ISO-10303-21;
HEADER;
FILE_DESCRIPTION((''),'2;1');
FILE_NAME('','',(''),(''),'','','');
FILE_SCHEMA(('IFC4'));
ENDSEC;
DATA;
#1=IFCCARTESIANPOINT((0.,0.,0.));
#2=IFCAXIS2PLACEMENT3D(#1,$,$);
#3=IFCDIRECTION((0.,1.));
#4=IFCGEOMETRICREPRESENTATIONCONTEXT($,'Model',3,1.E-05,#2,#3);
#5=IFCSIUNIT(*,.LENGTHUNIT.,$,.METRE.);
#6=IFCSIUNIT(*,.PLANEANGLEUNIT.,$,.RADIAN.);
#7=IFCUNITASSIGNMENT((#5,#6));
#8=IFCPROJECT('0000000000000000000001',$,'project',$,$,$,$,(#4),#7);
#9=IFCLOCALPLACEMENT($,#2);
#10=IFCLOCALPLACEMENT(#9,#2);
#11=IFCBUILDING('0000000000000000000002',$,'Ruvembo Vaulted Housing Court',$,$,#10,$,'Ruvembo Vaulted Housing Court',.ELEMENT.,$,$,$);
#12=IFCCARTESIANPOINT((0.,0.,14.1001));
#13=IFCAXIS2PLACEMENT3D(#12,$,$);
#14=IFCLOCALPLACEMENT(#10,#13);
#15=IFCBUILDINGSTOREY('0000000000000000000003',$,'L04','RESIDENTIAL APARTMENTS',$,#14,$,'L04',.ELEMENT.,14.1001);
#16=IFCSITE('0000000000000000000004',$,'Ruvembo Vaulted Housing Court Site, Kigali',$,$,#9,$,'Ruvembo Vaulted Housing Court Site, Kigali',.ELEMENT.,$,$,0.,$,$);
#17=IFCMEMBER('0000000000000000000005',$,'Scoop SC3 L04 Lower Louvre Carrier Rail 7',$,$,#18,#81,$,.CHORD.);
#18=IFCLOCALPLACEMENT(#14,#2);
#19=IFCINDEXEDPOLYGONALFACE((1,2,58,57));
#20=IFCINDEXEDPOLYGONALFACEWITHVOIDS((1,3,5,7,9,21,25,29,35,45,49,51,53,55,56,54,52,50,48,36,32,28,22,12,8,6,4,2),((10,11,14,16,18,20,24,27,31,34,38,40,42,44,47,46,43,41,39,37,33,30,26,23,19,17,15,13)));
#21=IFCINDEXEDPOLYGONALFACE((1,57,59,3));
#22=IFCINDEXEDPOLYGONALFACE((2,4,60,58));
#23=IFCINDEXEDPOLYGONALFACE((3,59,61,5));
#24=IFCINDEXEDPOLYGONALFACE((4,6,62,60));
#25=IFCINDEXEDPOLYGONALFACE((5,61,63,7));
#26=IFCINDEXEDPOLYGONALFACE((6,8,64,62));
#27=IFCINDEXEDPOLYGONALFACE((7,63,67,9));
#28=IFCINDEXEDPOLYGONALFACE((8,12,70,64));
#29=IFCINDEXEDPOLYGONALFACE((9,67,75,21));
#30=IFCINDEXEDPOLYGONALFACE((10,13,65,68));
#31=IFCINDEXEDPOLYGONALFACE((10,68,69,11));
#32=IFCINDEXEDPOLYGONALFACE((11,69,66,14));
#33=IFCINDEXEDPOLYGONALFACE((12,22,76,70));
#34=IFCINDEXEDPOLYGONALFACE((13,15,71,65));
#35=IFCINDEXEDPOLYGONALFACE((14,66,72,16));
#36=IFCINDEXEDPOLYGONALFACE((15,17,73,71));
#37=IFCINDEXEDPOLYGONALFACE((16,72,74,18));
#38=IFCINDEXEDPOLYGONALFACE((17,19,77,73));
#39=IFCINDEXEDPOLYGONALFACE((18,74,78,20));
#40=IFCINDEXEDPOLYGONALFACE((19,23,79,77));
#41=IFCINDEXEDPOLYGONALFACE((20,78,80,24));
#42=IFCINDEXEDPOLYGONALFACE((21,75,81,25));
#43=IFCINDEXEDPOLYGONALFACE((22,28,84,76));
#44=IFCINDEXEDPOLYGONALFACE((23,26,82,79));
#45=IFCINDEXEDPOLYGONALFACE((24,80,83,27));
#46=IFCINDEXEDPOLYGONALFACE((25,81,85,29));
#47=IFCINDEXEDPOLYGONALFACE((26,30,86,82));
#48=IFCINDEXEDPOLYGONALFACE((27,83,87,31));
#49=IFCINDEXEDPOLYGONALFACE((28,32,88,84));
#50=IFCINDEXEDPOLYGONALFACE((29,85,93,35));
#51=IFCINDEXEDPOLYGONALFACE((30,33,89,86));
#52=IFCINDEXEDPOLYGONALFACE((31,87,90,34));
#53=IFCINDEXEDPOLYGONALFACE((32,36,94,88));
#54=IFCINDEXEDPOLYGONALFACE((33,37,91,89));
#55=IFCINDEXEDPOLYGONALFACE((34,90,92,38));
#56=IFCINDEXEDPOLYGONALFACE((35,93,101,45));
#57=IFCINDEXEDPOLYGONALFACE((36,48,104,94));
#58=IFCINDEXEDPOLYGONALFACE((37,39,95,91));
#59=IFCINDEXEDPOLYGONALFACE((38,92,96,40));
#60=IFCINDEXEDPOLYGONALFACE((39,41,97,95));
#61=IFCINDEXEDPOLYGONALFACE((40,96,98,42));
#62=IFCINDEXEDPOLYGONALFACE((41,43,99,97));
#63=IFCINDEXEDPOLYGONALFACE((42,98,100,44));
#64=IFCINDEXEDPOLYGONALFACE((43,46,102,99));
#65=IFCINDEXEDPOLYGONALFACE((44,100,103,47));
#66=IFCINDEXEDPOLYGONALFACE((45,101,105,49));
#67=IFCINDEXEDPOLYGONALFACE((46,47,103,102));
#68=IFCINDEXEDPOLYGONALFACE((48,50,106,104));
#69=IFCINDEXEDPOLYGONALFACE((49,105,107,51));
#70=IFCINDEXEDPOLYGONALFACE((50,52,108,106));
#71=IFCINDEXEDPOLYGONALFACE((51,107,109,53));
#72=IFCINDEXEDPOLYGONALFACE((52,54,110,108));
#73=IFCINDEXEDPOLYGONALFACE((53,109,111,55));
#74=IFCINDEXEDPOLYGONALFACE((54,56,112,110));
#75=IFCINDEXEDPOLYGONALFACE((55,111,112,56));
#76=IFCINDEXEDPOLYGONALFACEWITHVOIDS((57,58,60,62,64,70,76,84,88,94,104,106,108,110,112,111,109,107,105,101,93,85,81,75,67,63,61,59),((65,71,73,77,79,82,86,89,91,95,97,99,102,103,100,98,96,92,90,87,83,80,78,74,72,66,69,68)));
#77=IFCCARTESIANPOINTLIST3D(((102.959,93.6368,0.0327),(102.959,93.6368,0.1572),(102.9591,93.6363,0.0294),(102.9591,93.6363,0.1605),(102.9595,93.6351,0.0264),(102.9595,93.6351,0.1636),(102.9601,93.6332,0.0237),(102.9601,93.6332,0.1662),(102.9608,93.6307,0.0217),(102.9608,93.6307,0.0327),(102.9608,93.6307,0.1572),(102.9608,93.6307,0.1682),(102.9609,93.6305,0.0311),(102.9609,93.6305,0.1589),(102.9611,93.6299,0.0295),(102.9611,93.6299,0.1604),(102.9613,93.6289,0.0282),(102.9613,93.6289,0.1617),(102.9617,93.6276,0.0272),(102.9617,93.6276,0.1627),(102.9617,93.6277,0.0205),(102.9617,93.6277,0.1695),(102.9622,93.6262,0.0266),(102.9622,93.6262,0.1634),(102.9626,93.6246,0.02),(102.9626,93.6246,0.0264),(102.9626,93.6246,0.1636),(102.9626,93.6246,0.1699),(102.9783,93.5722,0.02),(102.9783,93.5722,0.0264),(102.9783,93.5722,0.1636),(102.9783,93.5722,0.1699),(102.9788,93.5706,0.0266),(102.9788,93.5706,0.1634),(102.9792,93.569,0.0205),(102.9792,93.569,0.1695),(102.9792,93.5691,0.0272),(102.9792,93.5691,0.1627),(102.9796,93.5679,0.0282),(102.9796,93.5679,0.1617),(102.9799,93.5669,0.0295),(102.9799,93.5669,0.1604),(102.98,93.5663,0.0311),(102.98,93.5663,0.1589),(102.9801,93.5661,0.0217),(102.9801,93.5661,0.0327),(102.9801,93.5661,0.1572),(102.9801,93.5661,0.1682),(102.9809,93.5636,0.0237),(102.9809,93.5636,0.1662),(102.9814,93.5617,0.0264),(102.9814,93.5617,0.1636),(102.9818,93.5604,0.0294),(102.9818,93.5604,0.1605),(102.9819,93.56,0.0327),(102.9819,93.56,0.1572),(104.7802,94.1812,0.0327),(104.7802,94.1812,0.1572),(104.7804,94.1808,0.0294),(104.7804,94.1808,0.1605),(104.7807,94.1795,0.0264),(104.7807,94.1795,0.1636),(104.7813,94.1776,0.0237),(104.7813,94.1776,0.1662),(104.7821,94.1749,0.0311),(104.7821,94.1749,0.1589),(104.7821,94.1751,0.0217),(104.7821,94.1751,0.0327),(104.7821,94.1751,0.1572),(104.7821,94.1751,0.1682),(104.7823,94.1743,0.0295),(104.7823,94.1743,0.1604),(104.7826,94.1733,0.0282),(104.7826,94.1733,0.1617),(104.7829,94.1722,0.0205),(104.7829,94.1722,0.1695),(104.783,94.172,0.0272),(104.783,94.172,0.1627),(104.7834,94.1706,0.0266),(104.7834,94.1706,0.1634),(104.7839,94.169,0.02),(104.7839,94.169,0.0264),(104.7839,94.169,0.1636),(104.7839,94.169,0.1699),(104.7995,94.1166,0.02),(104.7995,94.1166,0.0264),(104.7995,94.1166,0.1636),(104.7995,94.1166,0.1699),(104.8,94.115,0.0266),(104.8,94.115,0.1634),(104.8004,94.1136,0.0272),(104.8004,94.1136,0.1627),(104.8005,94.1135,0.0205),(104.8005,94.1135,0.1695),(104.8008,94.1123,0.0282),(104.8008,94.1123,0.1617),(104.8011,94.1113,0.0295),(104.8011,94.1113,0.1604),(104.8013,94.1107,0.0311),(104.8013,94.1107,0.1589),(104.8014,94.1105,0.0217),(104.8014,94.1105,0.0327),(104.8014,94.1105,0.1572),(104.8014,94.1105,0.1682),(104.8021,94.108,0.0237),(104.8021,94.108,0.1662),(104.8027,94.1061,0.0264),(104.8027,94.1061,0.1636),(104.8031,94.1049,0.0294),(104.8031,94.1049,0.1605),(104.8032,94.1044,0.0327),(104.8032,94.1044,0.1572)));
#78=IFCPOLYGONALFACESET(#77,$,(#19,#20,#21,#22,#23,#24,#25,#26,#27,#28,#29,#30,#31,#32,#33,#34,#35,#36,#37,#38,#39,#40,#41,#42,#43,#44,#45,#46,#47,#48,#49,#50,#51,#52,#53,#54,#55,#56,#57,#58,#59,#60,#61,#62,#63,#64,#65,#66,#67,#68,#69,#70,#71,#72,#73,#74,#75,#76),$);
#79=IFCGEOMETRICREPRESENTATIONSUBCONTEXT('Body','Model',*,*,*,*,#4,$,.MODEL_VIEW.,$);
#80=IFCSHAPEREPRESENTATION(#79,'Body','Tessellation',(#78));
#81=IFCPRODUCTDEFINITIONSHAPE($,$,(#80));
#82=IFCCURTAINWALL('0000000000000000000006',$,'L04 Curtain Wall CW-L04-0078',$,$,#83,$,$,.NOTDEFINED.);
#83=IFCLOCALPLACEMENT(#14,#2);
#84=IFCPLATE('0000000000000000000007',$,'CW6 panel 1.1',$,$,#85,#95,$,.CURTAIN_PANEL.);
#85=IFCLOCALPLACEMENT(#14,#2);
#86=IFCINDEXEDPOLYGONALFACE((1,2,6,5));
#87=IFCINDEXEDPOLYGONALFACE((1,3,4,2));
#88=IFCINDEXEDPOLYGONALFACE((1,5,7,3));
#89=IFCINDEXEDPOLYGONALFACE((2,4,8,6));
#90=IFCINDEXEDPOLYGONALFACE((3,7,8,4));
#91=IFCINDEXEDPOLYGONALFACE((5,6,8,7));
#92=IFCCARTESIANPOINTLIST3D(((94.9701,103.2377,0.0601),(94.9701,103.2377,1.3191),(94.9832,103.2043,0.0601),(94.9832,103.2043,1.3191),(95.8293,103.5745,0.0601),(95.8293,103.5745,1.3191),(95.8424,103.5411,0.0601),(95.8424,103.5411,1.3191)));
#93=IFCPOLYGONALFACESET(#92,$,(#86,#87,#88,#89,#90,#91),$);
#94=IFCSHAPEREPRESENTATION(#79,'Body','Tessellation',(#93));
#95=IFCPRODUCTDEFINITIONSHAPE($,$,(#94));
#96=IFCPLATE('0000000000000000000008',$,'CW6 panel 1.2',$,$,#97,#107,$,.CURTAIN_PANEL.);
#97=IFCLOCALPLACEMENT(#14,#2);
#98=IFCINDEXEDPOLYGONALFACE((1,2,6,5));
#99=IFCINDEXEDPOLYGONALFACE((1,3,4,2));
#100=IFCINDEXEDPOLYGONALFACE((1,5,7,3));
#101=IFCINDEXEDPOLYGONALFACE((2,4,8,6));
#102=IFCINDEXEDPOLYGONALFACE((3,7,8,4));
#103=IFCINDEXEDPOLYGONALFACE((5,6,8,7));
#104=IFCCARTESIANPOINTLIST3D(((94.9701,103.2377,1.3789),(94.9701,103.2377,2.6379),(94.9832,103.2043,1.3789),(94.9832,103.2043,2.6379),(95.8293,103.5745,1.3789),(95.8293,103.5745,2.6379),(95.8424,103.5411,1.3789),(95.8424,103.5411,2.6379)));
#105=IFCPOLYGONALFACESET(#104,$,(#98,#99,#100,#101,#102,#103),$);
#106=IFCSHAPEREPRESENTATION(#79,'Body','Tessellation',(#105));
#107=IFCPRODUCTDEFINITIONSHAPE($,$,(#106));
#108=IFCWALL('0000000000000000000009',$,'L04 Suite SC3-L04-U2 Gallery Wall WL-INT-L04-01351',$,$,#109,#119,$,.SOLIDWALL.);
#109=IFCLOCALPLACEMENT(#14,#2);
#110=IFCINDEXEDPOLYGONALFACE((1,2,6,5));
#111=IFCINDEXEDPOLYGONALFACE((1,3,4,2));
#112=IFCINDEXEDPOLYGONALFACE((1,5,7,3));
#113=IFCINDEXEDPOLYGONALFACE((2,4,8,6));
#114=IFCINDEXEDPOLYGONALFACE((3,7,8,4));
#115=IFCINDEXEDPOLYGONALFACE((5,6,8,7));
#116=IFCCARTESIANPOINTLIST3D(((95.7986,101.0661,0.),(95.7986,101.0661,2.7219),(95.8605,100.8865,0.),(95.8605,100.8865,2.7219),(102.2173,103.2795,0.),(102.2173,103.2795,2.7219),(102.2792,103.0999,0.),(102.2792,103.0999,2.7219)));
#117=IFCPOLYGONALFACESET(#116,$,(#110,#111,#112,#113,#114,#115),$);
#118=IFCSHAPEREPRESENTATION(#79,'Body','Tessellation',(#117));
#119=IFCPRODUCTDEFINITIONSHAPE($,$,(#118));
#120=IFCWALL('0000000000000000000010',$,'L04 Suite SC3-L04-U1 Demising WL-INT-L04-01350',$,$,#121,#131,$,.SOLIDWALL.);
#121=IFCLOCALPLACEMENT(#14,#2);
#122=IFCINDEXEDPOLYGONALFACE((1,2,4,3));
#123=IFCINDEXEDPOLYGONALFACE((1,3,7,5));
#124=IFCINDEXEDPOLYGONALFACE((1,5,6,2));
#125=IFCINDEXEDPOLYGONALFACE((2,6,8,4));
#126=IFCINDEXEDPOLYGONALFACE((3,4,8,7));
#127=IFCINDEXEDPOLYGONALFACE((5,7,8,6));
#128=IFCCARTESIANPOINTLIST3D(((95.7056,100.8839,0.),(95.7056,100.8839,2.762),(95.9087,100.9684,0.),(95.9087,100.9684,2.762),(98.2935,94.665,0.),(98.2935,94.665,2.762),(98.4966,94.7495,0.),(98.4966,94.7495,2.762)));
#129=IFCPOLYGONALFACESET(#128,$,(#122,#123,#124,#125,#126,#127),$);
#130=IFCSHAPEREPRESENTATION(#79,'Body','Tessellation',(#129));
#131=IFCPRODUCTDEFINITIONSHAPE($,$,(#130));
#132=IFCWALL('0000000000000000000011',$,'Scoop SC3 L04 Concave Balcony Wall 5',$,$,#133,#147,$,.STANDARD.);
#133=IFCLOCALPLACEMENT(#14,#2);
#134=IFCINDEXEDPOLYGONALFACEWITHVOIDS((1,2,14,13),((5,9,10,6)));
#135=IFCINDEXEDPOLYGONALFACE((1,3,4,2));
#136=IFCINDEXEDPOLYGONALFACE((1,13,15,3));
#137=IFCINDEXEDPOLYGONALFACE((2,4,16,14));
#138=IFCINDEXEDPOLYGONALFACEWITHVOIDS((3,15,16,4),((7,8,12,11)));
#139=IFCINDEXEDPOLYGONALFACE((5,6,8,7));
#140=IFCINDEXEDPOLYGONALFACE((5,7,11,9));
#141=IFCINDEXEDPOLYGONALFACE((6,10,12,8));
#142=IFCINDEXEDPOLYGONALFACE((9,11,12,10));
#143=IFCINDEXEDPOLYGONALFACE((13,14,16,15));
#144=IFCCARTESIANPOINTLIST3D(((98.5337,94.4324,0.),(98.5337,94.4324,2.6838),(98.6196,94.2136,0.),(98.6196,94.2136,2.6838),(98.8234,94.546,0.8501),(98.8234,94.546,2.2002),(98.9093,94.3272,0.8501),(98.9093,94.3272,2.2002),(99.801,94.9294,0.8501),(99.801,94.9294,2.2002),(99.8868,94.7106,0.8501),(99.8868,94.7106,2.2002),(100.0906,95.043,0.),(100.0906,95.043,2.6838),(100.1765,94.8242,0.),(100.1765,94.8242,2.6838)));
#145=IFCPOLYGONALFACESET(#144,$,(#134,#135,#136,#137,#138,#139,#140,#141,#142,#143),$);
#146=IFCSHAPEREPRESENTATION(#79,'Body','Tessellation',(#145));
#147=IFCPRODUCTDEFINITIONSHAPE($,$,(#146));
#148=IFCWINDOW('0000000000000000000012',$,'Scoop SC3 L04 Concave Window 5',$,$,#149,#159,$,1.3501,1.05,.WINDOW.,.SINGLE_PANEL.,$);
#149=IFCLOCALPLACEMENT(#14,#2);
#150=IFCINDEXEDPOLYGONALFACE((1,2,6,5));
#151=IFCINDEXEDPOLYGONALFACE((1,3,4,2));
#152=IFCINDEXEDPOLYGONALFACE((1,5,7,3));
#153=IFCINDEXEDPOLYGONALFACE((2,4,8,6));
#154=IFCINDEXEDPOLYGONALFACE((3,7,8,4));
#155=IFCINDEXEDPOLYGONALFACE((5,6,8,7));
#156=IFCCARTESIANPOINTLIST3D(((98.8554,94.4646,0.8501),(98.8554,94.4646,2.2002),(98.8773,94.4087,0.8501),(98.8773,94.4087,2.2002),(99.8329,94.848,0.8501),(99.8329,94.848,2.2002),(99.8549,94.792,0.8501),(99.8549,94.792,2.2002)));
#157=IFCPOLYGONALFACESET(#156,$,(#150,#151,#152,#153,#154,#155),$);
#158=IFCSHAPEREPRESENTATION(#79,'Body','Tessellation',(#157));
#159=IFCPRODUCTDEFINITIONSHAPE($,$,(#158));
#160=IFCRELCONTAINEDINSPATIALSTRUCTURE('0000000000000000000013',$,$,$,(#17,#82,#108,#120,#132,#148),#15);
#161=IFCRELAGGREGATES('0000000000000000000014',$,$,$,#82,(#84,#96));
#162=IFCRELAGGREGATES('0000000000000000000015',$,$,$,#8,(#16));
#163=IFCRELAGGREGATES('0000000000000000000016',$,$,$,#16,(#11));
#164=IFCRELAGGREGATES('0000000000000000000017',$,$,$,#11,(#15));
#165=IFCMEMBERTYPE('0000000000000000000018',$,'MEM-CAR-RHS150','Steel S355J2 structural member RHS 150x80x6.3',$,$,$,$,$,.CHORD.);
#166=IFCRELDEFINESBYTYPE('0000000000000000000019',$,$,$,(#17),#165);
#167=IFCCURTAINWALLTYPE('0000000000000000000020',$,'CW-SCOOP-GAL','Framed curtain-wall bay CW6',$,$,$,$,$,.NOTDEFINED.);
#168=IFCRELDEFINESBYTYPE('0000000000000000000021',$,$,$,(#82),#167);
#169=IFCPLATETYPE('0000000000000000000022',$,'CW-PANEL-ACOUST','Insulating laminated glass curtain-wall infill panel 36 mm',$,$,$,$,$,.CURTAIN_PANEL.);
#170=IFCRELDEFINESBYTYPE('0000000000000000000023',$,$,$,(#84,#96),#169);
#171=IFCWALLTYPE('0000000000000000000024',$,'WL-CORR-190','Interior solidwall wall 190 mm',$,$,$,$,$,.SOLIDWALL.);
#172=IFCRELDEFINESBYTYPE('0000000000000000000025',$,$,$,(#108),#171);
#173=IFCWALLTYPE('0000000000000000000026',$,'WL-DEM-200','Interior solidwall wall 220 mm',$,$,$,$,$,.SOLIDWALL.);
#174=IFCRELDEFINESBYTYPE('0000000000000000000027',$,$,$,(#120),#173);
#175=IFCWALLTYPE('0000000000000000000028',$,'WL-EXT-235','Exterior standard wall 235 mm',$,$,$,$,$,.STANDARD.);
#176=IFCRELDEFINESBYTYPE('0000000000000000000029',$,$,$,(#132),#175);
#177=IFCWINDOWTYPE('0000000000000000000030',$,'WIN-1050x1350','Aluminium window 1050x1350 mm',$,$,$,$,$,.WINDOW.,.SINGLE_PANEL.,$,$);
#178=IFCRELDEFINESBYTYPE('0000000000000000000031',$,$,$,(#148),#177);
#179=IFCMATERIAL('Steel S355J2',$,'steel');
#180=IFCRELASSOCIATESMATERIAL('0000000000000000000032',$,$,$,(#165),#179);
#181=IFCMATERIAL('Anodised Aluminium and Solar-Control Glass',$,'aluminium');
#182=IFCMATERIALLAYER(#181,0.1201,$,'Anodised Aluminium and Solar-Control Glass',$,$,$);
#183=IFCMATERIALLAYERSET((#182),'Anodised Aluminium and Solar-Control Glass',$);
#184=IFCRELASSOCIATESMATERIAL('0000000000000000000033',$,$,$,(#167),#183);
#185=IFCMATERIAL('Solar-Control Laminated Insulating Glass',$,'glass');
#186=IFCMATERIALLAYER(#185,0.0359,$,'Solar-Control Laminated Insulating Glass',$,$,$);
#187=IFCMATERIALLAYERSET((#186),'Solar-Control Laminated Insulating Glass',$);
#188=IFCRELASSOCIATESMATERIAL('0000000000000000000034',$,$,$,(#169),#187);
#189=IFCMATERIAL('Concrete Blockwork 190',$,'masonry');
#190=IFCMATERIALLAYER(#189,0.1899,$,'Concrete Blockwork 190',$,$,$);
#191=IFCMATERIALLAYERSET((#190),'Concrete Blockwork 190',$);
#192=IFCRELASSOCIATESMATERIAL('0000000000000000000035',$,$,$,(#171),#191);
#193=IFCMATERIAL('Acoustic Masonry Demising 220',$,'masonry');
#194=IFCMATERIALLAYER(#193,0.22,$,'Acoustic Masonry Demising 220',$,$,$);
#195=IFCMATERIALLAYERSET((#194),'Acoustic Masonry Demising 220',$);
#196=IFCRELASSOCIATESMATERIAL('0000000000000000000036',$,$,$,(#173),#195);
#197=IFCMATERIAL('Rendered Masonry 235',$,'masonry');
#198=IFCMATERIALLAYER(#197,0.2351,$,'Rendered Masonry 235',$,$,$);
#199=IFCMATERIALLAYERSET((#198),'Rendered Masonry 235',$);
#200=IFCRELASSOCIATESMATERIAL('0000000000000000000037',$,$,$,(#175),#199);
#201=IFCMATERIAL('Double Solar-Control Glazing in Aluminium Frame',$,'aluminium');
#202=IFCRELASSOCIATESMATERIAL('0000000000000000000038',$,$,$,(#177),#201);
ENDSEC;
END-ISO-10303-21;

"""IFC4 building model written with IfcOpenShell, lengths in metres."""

from ifc_helpers import new_model, si_unit, direction, frame, frame_2d, origin, origin_2d, place, context, subcontext, project, spatial, rectangle, hollow_rectangle, extrude, material, layer, layer_set, material_profile, profile_set, type_object, element, fill, aggregate, save


model = new_model("IFC4")

# Units and contexts
model_context = context("Model", 3, precision=1e-05, world=origin(), true_north=direction((0.0, 1.0)))
body_context = subcontext(model_context, "Body", "Model", "MODEL_VIEW")
ifc_project = project(units=[si_unit("LENGTHUNIT", "METRE"), si_unit("PLANEANGLEUNIT", "RADIAN")], contexts=[model_context])

# Site, building, storey
site_placement = place(None, origin())
site = spatial("IfcSite", under=ifc_project, at=site_placement, Name="Ruvembo Vaulted Housing Court Site, Kigali", LongName="Ruvembo Vaulted Housing Court Site, Kigali", CompositionType="ELEMENT", RefElevation=0.0)
building_placement = place(site_placement, origin())
building = spatial("IfcBuilding", under=site, at=building_placement, Name="Ruvembo Vaulted Housing Court", LongName="Ruvembo Vaulted Housing Court", CompositionType="ELEMENT")
storey_placement = place(building_placement, frame((0.0, 0.0, 14.1001)))
storey = spatial("IfcBuildingStorey", under=building, at=storey_placement, Name="L04", Description="RESIDENTIAL APARTMENTS", LongName="L04", CompositionType="ELEMENT", Elevation=14.1001)

# Shared definitions
ifc_material_1 = material(Name="Steel S355J2", Category="steel")

# Member
ifc_material_profile_1 = material_profile(ifc_material_1, hollow_rectangle(XDim=0.0801, YDim=0.1499, WallThickness=0.0063, InnerFilletRadius=0.0063, OuterFilletRadius=0.0127, at=origin_2d()), Name="RHS 150x80x6.3")
ifc_profile_set_1 = profile_set([ifc_material_profile_1], Name="Steel S355J2")
member_type_1 = type_object("IfcMemberType", Name="MEM-CAR-RHS150", Description="Steel S355J2 structural member RHS 150x80x6.3", PredefinedType="CHORD", material=ifc_profile_set_1)
member_1_placement = place(storey_placement, frame((102.9705, 93.5984, 0.095), z_axis=(0.958109, 0.286405, 0.0), x_axis=(-0.286405, 0.958109, 0.0)))
element("IfcMember", 1, at=member_1_placement, inside=storey, type_object=member_type_1, Name="Scoop SC3 L04 Lower Louvre Carrier Rail 7", PredefinedType="CHORD", context=body_context, shape_type="SweptSolid", body=[
    extrude(hollow_rectangle(XDim=0.0801, YDim=0.1499, WallThickness=0.0063, InnerFilletRadius=0.0063, OuterFilletRadius=0.0127, at=origin_2d()), origin(), (0.0, 0.0, 1.0), 1.9009),
])

# Curtain wall, plates
ifc_material_2 = material(Name="Anodised Aluminium and Solar-Control Glass", Category="aluminium")
ifc_layer_1 = layer(ifc_material_2, 0.1201, Name="Anodised Aluminium and Solar-Control Glass")
ifc_layer_set_1 = layer_set([ifc_layer_1], Name="Anodised Aluminium and Solar-Control Glass")
curtain_wall_type = type_object("IfcCurtainWallType", Name="CW-SCOOP-GAL", Description="Framed curtain-wall bay CW6", PredefinedType="NOTDEFINED", material=ifc_layer_set_1)
curtain_wall_placement = place(storey_placement, origin())
curtain_wall = element("IfcCurtainWall", 2, at=curtain_wall_placement, inside=storey, type_object=curtain_wall_type, Name="L04 Curtain Wall CW-L04-0078", PredefinedType="NOTDEFINED")
ifc_material_3 = material(Name="Solar-Control Laminated Insulating Glass", Category="glass")
ifc_layer_2 = layer(ifc_material_3, 0.0359, Name="Solar-Control Laminated Insulating Glass")
ifc_layer_set_2 = layer_set([ifc_layer_2], Name="Solar-Control Laminated Insulating Glass")
plate_type = type_object("IfcPlateType", Name="CW-PANEL-ACOUST", Description="Insulating laminated glass curtain-wall infill panel 36 mm", PredefinedType="CURTAIN_PANEL", material=ifc_layer_set_2)
plate_1_placement = place(storey_placement, frame((95.4062, 103.3894, 0.0601), z_axis=(0.0, 0.0, 1.0), x_axis=(0.931006, 0.365003, 0.0)))
plate_1 = element("IfcPlate", 3, at=plate_1_placement, type_object=plate_type, Name="CW6 panel 1.1", PredefinedType="CURTAIN_PANEL", context=body_context, shape_type="SweptSolid", body=[
    extrude(rectangle(XDim=0.9229, YDim=0.0359, at=origin_2d()), origin(), (0.0, 0.0, 1.0), 1.259),
])
plate_2_placement = place(storey_placement, frame((95.4062, 103.3894, 1.3789), z_axis=(0.0, 0.0, 1.0), x_axis=(0.931006, 0.365003, 0.0)))
plate_2 = element("IfcPlate", 4, at=plate_2_placement, type_object=plate_type, Name="CW6 panel 1.2", PredefinedType="CURTAIN_PANEL", context=body_context, shape_type="SweptSolid", body=[
    extrude(rectangle(XDim=0.9229, YDim=0.0359, at=origin_2d()), origin(), (0.0, 0.0, 1.0), 1.259),
])
aggregate(curtain_wall, [plate_1, plate_2])

# Wall
ifc_material_4 = material(Name="Concrete Blockwork 190", Category="masonry")
ifc_layer_3 = layer(ifc_material_4, 0.1899, Name="Concrete Blockwork 190")
ifc_layer_set_3 = layer_set([ifc_layer_3], Name="Concrete Blockwork 190")
wall_type_1 = type_object("IfcWallType", Name="WL-CORR-190", Description="Interior solidwall wall 190 mm", PredefinedType="SOLIDWALL", material=ifc_layer_set_3)
wall_1_placement = place(storey_placement, frame((95.8296, 100.9763, 0.0), z_axis=(0.0, 0.0, 1.0), x_axis=(0.945371, 0.325995, 0.0)))
element("IfcWall", 5, at=wall_1_placement, inside=storey, type_object=wall_type_1, Name="L04 Suite SC3-L04-U2 Gallery Wall WL-INT-L04-01351", PredefinedType="SOLIDWALL", context=body_context, shape_type="SweptSolid", body=[
    extrude(rectangle(XDim=6.7896, YDim=0.1899, at=frame_2d((3.3948, 0.0))), origin(), (0.0, 0.0, 1.0), 2.7219),
])

# Wall
ifc_material_5 = material(Name="Acoustic Masonry Demising 220", Category="masonry")
ifc_layer_4 = layer(ifc_material_5, 0.22, Name="Acoustic Masonry Demising 220")
ifc_layer_set_4 = layer_set([ifc_layer_4], Name="Acoustic Masonry Demising 220")
wall_type_2 = type_object("IfcWallType", Name="WL-DEM-200", Description="Interior solidwall wall 220 mm", PredefinedType="SOLIDWALL", material=ifc_layer_set_4)
wall_2_placement = place(storey_placement, frame((98.395, 94.7073, 0.0), z_axis=(0.0, 0.0, 1.0), x_axis=(-0.384191, 0.923254, 0.0)))
element("IfcWall", 6, at=wall_2_placement, inside=storey, type_object=wall_type_2, Name="L04 Suite SC3-L04-U1 Demising WL-INT-L04-01350", PredefinedType="SOLIDWALL", context=body_context, shape_type="SweptSolid", body=[
    extrude(rectangle(XDim=6.7358, YDim=0.22, at=frame_2d((3.3679, 0.0))), origin(), (0.0, 0.0, 1.0), 2.762),
])

# Wall, opening, window
ifc_material_6 = material(Name="Rendered Masonry 235", Category="masonry")
ifc_layer_5 = layer(ifc_material_6, 0.2351, Name="Rendered Masonry 235")
ifc_layer_set_5 = layer_set([ifc_layer_5], Name="Rendered Masonry 235")
wall_type_3 = type_object("IfcWallType", Name="WL-EXT-235", Description="Exterior standard wall 235 mm", PredefinedType="STANDARD", material=ifc_layer_set_5)
wall_3_placement = place(storey_placement, frame((98.5767, 94.323, 0.0), z_axis=(0.0, 0.0, 1.0), x_axis=(0.930962, 0.365115, 0.0)))
wall_3 = element("IfcWall", 7, at=wall_3_placement, inside=storey, type_object=wall_type_3, Name="Scoop SC3 L04 Concave Balcony Wall 5", PredefinedType="STANDARD", context=body_context, shape_type="SweptSolid", body=[
    extrude(rectangle(XDim=1.6724, YDim=0.2351, at=frame_2d((0.8362, 0.0))), origin(), (0.0, 0.0, 1.0), 2.6838),
])
opening_1_placement = place(wall_3_placement, frame((0.3113, 0.0, 0.8501)))
opening_1 = element("IfcOpeningElement", 8, at=opening_1_placement, cuts=wall_3, PredefinedType="OPENING", context=body_context, shape_type="SweptSolid", body=[
    extrude(rectangle(XDim=1.05, YDim=1.3501, at=frame_2d((0.5249, 0.675))), frame((0.0, 0.1274, 0.0), z_axis=(0.0, -1.0, 0.0), x_axis=(1.0, 0.0, 0.0)), (0.0, 0.0, 1.0), 0.2551),
])
ifc_material_7 = material(Name="Double Solar-Control Glazing in Aluminium Frame", Category="aluminium")
window_type_1 = type_object("IfcWindowType", Name="WIN-1050x1350", Description="Aluminium window 1050x1350 mm", PartitioningType="SINGLE_PANEL", PredefinedType="WINDOW", material=ifc_material_7)
window_1_placement = place(opening_1_placement, origin())
window_1 = element("IfcWindow", 9, at=window_1_placement, inside=storey, type_object=window_type_1, Name="Scoop SC3 L04 Concave Window 5", OverallHeight=1.3501, OverallWidth=1.05, PartitioningType="SINGLE_PANEL", PredefinedType="WINDOW", context=body_context, shape_type="SweptSolid", body=[
    extrude(rectangle(XDim=1.05, YDim=1.3501, at=frame_2d((0.5249, 0.675))), frame((0.0, 0.03, 0.0), z_axis=(0.0, -1.0, 0.0), x_axis=(1.0, 0.0, 0.0)), (0.0, 0.0, 1.0), 0.0601),
])
fill(opening_1, window_1)

save(model, "model.ifc")
